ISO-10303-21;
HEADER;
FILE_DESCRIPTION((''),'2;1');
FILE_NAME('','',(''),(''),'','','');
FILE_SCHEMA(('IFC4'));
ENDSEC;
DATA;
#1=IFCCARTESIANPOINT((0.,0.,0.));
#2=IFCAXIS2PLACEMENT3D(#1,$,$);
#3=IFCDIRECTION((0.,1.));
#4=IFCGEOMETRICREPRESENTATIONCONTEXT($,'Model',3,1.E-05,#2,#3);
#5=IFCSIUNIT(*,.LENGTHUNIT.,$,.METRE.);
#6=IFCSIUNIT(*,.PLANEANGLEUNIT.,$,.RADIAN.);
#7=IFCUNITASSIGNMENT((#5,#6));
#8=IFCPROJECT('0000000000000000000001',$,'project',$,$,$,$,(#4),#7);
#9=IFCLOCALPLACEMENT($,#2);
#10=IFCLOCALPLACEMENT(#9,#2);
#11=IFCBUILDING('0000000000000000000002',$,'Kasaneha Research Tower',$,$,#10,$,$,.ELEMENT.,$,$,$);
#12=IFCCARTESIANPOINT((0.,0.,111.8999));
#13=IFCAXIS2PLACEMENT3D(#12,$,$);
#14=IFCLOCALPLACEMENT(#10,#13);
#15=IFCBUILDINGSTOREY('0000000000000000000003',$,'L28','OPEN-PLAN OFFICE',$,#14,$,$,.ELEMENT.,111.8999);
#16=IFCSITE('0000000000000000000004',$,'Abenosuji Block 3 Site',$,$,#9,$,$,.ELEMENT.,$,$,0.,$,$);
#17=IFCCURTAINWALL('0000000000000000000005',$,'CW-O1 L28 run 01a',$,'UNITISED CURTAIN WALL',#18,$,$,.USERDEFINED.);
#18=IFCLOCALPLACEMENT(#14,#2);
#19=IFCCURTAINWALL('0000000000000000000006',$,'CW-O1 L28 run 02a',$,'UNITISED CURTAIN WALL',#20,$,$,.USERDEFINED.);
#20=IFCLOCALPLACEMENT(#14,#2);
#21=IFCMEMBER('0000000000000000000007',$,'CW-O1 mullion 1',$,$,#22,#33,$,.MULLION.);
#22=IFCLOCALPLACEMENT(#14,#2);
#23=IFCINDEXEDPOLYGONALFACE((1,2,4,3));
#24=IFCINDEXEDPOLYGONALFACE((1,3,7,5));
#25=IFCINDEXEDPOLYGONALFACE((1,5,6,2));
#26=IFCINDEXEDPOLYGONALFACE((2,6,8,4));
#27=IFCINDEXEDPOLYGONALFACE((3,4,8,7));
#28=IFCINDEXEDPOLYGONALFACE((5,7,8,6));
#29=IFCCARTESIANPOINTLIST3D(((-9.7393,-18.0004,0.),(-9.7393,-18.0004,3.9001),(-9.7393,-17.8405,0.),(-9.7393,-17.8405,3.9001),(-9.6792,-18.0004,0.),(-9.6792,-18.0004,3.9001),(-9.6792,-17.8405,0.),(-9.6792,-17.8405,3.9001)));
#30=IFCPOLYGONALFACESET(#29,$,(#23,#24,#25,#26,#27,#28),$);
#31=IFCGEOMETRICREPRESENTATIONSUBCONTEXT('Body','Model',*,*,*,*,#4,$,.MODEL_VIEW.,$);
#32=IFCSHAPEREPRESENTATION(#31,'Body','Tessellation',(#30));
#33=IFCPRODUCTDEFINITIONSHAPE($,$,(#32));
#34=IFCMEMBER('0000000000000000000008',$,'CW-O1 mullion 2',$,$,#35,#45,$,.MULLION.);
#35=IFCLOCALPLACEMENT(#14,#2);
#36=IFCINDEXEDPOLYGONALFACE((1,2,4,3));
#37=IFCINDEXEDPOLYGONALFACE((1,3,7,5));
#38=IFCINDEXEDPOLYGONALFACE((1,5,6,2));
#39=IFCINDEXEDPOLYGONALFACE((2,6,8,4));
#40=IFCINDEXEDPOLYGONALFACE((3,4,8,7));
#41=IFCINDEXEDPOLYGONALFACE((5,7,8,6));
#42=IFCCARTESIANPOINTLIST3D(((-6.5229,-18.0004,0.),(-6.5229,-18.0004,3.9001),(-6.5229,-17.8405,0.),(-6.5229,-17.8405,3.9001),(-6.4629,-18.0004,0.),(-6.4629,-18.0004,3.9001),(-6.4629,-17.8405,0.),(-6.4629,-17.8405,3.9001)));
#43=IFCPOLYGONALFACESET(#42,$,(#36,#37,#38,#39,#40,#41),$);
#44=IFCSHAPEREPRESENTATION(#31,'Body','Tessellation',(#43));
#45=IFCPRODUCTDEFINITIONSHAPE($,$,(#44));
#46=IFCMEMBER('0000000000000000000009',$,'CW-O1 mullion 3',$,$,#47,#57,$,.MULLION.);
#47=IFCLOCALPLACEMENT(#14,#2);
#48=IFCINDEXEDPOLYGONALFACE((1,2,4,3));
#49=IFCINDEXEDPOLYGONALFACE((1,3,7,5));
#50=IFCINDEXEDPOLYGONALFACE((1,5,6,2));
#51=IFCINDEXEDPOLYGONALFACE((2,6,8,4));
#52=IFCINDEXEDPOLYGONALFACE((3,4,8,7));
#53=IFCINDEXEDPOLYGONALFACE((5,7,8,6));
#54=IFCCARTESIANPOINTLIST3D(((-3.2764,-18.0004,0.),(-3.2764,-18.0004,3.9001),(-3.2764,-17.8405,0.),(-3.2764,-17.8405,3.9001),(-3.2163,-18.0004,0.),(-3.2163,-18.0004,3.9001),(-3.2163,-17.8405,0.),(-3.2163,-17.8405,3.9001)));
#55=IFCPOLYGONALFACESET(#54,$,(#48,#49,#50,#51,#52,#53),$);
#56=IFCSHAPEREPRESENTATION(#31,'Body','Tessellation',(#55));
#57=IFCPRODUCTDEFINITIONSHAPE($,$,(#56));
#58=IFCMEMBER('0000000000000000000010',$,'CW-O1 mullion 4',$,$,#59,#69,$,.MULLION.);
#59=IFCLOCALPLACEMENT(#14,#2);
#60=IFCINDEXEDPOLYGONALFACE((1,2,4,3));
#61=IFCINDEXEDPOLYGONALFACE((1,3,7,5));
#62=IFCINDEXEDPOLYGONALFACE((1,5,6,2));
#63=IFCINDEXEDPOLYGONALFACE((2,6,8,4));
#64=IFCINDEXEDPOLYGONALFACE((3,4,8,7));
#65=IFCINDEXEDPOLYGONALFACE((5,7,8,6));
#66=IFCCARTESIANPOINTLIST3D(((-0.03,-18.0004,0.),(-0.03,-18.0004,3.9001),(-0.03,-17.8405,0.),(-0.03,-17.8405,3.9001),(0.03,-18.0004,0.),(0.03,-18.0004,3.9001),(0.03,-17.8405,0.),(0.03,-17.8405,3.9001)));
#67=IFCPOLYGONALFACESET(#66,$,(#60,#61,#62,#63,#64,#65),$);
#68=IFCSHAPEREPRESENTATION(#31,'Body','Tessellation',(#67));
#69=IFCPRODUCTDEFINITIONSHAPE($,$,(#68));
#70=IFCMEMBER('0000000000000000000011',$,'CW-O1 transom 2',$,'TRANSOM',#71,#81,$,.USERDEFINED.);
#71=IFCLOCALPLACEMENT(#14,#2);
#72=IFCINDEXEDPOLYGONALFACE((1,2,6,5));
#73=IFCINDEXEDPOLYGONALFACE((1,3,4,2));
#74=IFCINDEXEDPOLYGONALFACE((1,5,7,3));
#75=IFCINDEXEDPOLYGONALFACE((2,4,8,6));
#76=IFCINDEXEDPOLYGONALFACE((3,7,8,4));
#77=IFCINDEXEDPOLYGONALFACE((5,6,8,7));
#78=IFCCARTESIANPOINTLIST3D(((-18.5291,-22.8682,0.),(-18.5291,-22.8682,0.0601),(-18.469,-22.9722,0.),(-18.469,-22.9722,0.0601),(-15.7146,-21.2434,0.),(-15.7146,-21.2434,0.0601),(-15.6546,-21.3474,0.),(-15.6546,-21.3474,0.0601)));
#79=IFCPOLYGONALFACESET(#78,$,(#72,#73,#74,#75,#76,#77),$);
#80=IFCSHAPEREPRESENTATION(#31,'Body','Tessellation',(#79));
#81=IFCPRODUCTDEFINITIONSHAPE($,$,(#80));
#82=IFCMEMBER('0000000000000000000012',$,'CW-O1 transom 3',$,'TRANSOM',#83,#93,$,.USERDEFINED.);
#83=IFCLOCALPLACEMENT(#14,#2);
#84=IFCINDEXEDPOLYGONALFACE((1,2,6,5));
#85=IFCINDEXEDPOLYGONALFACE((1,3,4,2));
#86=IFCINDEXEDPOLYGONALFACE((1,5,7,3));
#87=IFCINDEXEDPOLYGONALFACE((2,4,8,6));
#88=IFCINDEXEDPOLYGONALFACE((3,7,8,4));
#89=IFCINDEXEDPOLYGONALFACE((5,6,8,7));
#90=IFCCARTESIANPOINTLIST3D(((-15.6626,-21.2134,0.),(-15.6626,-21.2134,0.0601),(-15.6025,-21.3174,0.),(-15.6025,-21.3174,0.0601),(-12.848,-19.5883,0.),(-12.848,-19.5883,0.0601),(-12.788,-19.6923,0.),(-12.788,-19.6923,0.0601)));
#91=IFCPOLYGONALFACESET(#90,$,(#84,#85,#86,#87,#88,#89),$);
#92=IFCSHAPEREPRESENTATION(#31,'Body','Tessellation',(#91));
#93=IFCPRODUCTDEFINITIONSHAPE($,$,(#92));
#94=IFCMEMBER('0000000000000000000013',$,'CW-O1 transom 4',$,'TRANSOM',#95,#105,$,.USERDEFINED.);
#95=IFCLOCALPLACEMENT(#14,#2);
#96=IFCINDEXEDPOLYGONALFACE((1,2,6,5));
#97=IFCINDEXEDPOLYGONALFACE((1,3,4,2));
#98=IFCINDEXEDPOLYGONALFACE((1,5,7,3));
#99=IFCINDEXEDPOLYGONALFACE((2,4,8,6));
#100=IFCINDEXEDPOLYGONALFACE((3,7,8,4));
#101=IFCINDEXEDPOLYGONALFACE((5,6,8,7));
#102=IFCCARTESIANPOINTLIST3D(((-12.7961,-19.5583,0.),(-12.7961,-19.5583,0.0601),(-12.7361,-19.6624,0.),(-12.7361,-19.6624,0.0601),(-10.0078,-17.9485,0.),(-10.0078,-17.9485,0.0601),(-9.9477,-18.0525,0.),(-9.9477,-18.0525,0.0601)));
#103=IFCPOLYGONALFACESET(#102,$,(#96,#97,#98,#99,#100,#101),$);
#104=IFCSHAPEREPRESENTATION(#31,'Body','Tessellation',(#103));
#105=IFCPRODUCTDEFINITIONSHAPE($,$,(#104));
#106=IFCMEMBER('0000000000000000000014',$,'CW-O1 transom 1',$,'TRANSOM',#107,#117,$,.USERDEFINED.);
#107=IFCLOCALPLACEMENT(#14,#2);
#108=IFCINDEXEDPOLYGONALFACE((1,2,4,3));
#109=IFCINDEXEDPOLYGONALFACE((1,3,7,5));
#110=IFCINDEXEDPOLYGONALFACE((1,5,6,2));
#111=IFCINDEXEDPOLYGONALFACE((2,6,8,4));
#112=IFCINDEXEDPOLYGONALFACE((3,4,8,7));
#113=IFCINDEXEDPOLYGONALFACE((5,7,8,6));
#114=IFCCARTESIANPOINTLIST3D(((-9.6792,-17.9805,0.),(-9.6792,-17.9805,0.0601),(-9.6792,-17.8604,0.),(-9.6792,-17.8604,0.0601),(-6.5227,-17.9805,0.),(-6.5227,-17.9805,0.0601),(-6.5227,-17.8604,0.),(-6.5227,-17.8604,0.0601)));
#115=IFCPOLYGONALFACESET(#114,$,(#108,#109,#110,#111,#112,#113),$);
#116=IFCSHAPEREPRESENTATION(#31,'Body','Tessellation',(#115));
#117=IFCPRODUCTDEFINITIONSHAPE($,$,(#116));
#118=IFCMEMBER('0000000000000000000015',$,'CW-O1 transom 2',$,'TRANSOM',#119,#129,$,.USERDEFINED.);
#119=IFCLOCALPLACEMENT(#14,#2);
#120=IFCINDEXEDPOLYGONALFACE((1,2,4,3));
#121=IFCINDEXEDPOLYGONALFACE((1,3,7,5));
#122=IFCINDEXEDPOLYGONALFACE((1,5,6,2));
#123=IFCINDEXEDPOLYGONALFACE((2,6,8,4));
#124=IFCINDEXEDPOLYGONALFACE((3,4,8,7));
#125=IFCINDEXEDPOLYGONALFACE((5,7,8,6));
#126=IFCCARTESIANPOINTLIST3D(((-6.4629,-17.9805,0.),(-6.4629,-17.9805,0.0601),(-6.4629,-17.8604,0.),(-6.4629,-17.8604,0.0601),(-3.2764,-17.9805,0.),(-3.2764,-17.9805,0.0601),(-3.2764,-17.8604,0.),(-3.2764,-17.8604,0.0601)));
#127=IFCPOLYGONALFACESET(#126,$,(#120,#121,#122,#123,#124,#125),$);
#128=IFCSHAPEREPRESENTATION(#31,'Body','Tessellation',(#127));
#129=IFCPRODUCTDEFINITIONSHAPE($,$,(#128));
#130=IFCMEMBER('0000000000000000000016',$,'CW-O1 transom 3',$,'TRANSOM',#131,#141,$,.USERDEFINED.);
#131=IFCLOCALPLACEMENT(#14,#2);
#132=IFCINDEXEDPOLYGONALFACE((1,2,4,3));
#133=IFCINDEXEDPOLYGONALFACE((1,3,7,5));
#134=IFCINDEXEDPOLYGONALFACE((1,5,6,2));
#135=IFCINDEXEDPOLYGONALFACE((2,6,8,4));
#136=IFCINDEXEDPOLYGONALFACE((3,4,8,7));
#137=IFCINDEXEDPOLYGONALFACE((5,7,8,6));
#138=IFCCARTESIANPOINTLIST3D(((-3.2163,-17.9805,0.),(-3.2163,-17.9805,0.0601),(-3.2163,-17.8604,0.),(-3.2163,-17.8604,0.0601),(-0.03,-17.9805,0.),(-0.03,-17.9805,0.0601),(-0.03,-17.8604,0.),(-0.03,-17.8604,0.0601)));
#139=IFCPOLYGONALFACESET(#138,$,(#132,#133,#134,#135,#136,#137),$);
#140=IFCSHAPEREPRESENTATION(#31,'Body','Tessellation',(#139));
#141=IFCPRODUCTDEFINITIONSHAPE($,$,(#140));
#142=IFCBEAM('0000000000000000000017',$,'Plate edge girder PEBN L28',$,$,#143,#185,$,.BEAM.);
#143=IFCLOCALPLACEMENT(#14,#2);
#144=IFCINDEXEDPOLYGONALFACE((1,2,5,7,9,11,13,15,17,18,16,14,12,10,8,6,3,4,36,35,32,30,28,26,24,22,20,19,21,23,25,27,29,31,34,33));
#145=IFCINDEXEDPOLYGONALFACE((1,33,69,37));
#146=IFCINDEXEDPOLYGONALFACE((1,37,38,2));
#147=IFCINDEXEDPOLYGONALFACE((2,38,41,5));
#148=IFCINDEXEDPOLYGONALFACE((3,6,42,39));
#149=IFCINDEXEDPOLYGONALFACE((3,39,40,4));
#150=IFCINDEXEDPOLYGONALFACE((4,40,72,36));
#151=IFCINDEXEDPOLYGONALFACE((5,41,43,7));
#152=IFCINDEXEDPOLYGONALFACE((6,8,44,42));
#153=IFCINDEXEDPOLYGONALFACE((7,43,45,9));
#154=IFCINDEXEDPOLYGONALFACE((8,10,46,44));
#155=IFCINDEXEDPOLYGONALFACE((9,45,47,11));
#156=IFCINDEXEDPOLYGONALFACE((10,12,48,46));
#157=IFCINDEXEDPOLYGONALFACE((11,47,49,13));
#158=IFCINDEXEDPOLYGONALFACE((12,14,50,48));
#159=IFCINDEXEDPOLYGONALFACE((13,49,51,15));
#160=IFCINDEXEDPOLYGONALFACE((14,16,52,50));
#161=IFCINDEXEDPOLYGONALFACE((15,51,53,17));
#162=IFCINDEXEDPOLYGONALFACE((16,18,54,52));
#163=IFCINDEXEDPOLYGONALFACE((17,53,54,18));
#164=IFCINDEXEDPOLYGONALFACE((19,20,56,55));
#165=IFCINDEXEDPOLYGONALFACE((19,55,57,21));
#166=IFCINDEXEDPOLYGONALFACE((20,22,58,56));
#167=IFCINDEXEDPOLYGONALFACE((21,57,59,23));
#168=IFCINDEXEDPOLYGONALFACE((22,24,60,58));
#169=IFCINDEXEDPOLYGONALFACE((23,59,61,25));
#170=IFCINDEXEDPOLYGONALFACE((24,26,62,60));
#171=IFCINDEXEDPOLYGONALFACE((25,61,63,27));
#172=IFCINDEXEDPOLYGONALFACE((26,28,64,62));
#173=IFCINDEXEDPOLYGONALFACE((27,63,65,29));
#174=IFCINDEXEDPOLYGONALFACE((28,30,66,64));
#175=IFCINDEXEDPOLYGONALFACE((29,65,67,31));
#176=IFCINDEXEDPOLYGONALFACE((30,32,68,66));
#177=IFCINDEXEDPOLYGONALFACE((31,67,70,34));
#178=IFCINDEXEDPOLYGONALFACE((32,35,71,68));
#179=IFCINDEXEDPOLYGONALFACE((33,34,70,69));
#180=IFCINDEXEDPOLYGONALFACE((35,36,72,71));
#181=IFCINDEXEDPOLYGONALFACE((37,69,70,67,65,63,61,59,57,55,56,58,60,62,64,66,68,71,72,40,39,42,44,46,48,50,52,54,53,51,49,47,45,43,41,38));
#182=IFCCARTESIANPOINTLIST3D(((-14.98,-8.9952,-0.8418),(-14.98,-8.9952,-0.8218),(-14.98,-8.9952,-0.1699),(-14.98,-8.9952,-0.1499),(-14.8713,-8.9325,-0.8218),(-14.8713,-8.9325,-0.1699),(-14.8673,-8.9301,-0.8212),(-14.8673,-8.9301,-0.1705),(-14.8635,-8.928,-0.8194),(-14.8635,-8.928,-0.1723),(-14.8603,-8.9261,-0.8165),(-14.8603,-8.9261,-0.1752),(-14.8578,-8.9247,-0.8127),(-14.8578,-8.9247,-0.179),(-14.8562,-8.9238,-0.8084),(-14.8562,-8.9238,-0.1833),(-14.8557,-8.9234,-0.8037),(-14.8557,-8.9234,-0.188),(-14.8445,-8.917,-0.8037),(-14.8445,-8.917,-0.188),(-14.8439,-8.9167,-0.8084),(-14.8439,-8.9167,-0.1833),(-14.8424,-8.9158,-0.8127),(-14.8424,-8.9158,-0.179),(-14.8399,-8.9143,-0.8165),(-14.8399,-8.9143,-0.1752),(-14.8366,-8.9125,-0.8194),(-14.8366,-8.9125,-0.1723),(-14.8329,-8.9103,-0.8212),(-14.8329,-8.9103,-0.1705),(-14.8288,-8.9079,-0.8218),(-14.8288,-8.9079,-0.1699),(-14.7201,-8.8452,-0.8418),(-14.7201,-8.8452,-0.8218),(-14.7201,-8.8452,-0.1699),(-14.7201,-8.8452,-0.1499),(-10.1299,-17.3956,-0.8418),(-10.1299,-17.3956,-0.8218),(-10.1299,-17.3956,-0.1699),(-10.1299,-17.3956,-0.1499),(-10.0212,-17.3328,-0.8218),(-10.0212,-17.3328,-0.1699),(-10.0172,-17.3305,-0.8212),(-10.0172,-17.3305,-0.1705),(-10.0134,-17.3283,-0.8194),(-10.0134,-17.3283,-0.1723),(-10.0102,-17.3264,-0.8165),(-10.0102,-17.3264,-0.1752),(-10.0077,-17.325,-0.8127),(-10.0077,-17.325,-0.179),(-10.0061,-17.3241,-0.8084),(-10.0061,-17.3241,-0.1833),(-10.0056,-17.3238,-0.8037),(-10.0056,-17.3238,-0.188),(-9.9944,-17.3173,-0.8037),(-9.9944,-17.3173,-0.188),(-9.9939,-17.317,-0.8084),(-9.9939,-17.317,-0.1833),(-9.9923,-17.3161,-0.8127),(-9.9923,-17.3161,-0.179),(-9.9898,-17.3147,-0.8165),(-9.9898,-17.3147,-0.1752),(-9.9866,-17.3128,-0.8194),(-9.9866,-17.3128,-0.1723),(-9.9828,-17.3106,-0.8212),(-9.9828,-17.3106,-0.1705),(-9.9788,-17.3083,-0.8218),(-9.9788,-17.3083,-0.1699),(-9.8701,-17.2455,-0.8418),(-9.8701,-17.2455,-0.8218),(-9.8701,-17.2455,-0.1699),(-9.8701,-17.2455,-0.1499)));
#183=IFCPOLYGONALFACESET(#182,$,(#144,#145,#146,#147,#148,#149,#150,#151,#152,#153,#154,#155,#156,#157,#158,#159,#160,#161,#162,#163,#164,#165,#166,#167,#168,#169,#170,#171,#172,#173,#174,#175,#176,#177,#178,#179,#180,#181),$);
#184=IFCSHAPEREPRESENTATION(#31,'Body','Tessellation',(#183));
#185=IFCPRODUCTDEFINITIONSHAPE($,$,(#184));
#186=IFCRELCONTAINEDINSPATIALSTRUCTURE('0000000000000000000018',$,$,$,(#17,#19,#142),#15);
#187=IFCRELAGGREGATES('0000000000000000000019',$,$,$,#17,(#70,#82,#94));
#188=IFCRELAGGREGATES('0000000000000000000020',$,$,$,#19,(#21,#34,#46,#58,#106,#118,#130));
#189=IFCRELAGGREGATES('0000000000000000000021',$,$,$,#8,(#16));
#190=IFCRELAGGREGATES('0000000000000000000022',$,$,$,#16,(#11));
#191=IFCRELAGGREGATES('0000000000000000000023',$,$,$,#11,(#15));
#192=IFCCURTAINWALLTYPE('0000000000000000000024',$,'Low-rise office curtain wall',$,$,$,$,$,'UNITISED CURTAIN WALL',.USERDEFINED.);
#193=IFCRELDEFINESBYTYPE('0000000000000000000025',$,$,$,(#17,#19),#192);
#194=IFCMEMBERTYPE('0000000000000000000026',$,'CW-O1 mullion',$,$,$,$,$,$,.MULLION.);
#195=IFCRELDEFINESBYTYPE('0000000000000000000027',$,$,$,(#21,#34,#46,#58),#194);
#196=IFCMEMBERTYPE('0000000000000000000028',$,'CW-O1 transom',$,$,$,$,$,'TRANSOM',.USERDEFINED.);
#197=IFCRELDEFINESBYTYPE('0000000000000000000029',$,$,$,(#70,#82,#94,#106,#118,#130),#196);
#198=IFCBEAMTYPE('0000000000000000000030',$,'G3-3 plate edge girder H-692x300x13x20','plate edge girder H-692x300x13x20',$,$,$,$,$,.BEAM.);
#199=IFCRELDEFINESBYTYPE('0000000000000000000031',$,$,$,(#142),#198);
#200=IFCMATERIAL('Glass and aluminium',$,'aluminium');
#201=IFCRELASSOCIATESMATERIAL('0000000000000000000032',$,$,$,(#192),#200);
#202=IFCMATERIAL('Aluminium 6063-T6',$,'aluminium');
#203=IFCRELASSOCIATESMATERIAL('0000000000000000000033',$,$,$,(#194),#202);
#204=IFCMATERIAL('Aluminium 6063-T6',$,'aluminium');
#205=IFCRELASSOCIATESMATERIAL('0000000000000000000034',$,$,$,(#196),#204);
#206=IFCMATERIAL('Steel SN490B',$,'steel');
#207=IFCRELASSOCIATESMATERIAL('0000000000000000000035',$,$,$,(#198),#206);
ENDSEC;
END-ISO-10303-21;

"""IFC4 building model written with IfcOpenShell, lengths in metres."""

from ifc_helpers import new_model, si_unit, direction, frame, origin, origin_2d, place, context, subcontext, project, spatial, rectangle, i_section, extrude, material, material_profile, profile_set, type_object, element, aggregate, save


model = new_model("IFC4")

# Units and contexts
model_context = context("Model", 3, precision=1e-05, world=origin(), true_north=direction((0.0, 1.0)))
body_context = subcontext(model_context, "Body", "Model", "MODEL_VIEW")
ifc_project = project(units=[si_unit("LENGTHUNIT", "METRE"), si_unit("PLANEANGLEUNIT", "RADIAN")], contexts=[model_context])

# Site, building, storey
site_placement = place(None, origin())
site = spatial("IfcSite", under=ifc_project, at=site_placement, Name="Abenosuji Block 3 Site", CompositionType="ELEMENT", RefElevation=0.0)
building_placement = place(site_placement, origin())
building = spatial("IfcBuilding", under=site, at=building_placement, Name="Kasaneha Research Tower", CompositionType="ELEMENT")
storey_placement = place(building_placement, frame((0.0, 0.0, 111.8999)))
storey = spatial("IfcBuildingStorey", under=building, at=storey_placement, Name="L28", Description="OPEN-PLAN OFFICE", CompositionType="ELEMENT", Elevation=111.8999)

# Curtain walls, members
ifc_material_1 = material(Name="Glass and aluminium", Category="aluminium")
curtain_wall_type = type_object("IfcCurtainWallType", Name="Low-rise office curtain wall", ElementType="UNITISED CURTAIN WALL", PredefinedType="USERDEFINED", material=ifc_material_1)
curtain_wall_1_placement = place(storey_placement, origin())
curtain_wall_1 = element("IfcCurtainWall", 1, at=curtain_wall_1_placement, inside=storey, type_object=curtain_wall_type, Name="CW-O1 L28 run 01a", ObjectType="UNITISED CURTAIN WALL", PredefinedType="USERDEFINED")
ifc_material_2 = material(Name="Aluminium 6063-T6", Category="aluminium")
ifc_material_profile_1 = material_profile(ifc_material_2, rectangle(XDim=0.0601, YDim=0.1599, at=origin_2d()), Name="CW-O1 mullion 60x160")
ifc_profile_set_1 = profile_set([ifc_material_profile_1], Name="Aluminium 6063-T6")
member_type_1 = type_object("IfcMemberType", Name="CW-O1 mullion", PredefinedType="MULLION", material=ifc_profile_set_1)
curtain_wall_2_placement = place(storey_placement, origin())
curtain_wall_2 = element("IfcCurtainWall", 2, at=curtain_wall_2_placement, inside=storey, type_object=curtain_wall_type, Name="CW-O1 L28 run 02a", ObjectType="UNITISED CURTAIN WALL", PredefinedType="USERDEFINED")
member_1_placement = place(storey_placement, frame((-9.7092, -17.9204, 0.0), z_axis=(0.0, 0.0, 1.0), x_axis=(1.0, 0.0, 0.0)))
member_1 = element("IfcMember", 3, at=member_1_placement, type_object=member_type_1, Name="CW-O1 mullion 1", PredefinedType="MULLION", context=body_context, shape_type="SweptSolid", body=[
    extrude(rectangle(XDim=0.0601, YDim=0.1599, at=origin_2d()), origin(), (0.0, 0.0, 1.0), 3.9001),
])
member_2_placement = place(storey_placement, frame((-6.4929, -17.9204, 0.0), z_axis=(0.0, 0.0, 1.0), x_axis=(1.0, 0.0, 0.0)))
member_2 = element("IfcMember", 4, at=member_2_placement, type_object=member_type_1, Name="CW-O1 mullion 2", PredefinedType="MULLION", context=body_context, shape_type="SweptSolid", body=[
    extrude(rectangle(XDim=0.0601, YDim=0.1599, at=origin_2d()), origin(), (0.0, 0.0, 1.0), 3.9001),
])
member_3_placement = place(storey_placement, frame((-3.2463, -17.9204, 0.0), z_axis=(0.0, 0.0, 1.0), x_axis=(1.0, 0.0, 0.0)))
member_3 = element("IfcMember", 5, at=member_3_placement, type_object=member_type_1, Name="CW-O1 mullion 3", PredefinedType="MULLION", context=body_context, shape_type="SweptSolid", body=[
    extrude(rectangle(XDim=0.0601, YDim=0.1599, at=origin_2d()), origin(), (0.0, 0.0, 1.0), 3.9001),
])
member_4_placement = place(storey_placement, frame((0.0, -17.9204, 0.0), z_axis=(0.0, 0.0, 1.0), x_axis=(1.0, 0.0, 0.0)))
member_4 = element("IfcMember", 6, at=member_4_placement, type_object=member_type_1, Name="CW-O1 mullion 4", PredefinedType="MULLION", context=body_context, shape_type="SweptSolid", body=[
    extrude(rectangle(XDim=0.0601, YDim=0.1599, at=origin_2d()), origin(), (0.0, 0.0, 1.0), 3.9001),
])

# Members
ifc_material_3 = material(Name="Aluminium 6063-T6", Category="aluminium")
ifc_material_profile_2 = material_profile(ifc_material_3, rectangle(XDim=0.1201, YDim=0.0601, at=origin_2d()), Name="CW-O1 transom 120x60")
ifc_profile_set_2 = profile_set([ifc_material_profile_2], Name="Aluminium 6063-T6")
member_type_2 = type_object("IfcMemberType", Name="CW-O1 transom", ElementType="TRANSOM", PredefinedType="USERDEFINED", material=ifc_profile_set_2)
member_5_placement = place(storey_placement, frame((-18.499, -22.9202, 0.03), z_axis=(0.866048, 0.499961, 0.0), x_axis=(-0.499961, 0.866048, 0.0)))
member_5 = element("IfcMember", 7, at=member_5_placement, type_object=member_type_2, Name="CW-O1 transom 2", ObjectType="TRANSOM", PredefinedType="USERDEFINED", context=body_context, shape_type="SweptSolid", body=[
    extrude(rectangle(XDim=0.1201, YDim=0.0601, at=origin_2d()), origin(), (0.0, 0.0, 1.0), 3.2498),
])
member_6_placement = place(storey_placement, frame((-15.6326, -21.2654, 0.03), z_axis=(0.866015, 0.500017, 0.0), x_axis=(-0.500017, 0.866015, 0.0)))
member_6 = element("IfcMember", 8, at=member_6_placement, type_object=member_type_2, Name="CW-O1 transom 3", ObjectType="TRANSOM", PredefinedType="USERDEFINED", context=body_context, shape_type="SweptSolid", body=[
    extrude(rectangle(XDim=0.1201, YDim=0.0601, at=origin_2d()), origin(), (0.0, 0.0, 1.0), 3.25),
])
member_7_placement = place(storey_placement, frame((-12.7661, -19.6104, 0.03), z_axis=(0.866023, 0.500005, 0.0), x_axis=(-0.500005, 0.866023, 0.0)))
member_7 = element("IfcMember", 9, at=member_7_placement, type_object=member_type_2, Name="CW-O1 transom 4", ObjectType="TRANSOM", PredefinedType="USERDEFINED", context=body_context, shape_type="SweptSolid", body=[
    extrude(rectangle(XDim=0.1201, YDim=0.0601, at=origin_2d()), origin(), (0.0, 0.0, 1.0), 3.2197),
])
member_8_placement = place(storey_placement, frame((-9.6792, -17.9204, 0.03), z_axis=(1.0, 0.0, 0.0), x_axis=(0.0, 1.0, 0.0)))
member_8 = element("IfcMember", 10, at=member_8_placement, type_object=member_type_2, Name="CW-O1 transom 1", ObjectType="TRANSOM", PredefinedType="USERDEFINED", context=body_context, shape_type="SweptSolid", body=[
    extrude(rectangle(XDim=0.1201, YDim=0.0601, at=origin_2d()), origin(), (0.0, 0.0, 1.0), 3.1565),
])
member_9_placement = place(storey_placement, frame((-6.4629, -17.9204, 0.03), z_axis=(1.0, 0.0, 0.0), x_axis=(0.0, 1.0, 0.0)))
member_9 = element("IfcMember", 11, at=member_9_placement, type_object=member_type_2, Name="CW-O1 transom 2", ObjectType="TRANSOM", PredefinedType="USERDEFINED", context=body_context, shape_type="SweptSolid", body=[
    extrude(rectangle(XDim=0.1201, YDim=0.0601, at=origin_2d()), origin(), (0.0, 0.0, 1.0), 3.1865),
])
member_10_placement = place(storey_placement, frame((-3.2163, -17.9204, 0.03), z_axis=(1.0, 0.0, 0.0), x_axis=(0.0, 1.0, 0.0)))
member_10 = element("IfcMember", 12, at=member_10_placement, type_object=member_type_2, Name="CW-O1 transom 3", ObjectType="TRANSOM", PredefinedType="USERDEFINED", context=body_context, shape_type="SweptSolid", body=[
    extrude(rectangle(XDim=0.1201, YDim=0.0601, at=origin_2d()), origin(), (0.0, 0.0, 1.0), 3.1863),
])

# Beam
ifc_material_4 = material(Name="Steel SN490B", Category="steel")
ifc_material_profile_3 = material_profile(ifc_material_4, i_section(OverallWidth=0.3, OverallDepth=0.6919, WebThickness=0.0129, FlangeThickness=0.02, FilletRadius=0.0181, at=origin_2d()), Name="H-692x300x13x20")
ifc_profile_set_3 = profile_set([ifc_material_profile_3], Name="Steel SN490B")
beam_type_1 = type_object("IfcBeamType", Name="G3-3 plate edge girder H-692x300x13x20", Description="plate edge girder H-692x300x13x20", PredefinedType="BEAM", material=ifc_profile_set_3)
beam_1_placement = place(storey_placement, frame((-10.0, -17.3206, -0.4958), z_axis=(-0.50001, 0.86602, 0.0), x_axis=(-0.86602, -0.50001, 0.0)))
element("IfcBeam", 13, at=beam_1_placement, inside=storey, type_object=beam_type_1, Name="Plate edge girder PEBN L28", PredefinedType="BEAM", context=body_context, shape_type="SweptSolid", body=[
    extrude(i_section(OverallWidth=0.3, OverallDepth=0.6919, WebThickness=0.0129, FlangeThickness=0.02, FilletRadius=0.0181, at=origin_2d()), origin(), (0.0, 0.0, 1.0), 9.7),
])

aggregate(curtain_wall_1, [member_5, member_6, member_7])
aggregate(curtain_wall_2, [member_1, member_2, member_3, member_4, member_8, member_9, member_10])

save(model, "model.ifc")
